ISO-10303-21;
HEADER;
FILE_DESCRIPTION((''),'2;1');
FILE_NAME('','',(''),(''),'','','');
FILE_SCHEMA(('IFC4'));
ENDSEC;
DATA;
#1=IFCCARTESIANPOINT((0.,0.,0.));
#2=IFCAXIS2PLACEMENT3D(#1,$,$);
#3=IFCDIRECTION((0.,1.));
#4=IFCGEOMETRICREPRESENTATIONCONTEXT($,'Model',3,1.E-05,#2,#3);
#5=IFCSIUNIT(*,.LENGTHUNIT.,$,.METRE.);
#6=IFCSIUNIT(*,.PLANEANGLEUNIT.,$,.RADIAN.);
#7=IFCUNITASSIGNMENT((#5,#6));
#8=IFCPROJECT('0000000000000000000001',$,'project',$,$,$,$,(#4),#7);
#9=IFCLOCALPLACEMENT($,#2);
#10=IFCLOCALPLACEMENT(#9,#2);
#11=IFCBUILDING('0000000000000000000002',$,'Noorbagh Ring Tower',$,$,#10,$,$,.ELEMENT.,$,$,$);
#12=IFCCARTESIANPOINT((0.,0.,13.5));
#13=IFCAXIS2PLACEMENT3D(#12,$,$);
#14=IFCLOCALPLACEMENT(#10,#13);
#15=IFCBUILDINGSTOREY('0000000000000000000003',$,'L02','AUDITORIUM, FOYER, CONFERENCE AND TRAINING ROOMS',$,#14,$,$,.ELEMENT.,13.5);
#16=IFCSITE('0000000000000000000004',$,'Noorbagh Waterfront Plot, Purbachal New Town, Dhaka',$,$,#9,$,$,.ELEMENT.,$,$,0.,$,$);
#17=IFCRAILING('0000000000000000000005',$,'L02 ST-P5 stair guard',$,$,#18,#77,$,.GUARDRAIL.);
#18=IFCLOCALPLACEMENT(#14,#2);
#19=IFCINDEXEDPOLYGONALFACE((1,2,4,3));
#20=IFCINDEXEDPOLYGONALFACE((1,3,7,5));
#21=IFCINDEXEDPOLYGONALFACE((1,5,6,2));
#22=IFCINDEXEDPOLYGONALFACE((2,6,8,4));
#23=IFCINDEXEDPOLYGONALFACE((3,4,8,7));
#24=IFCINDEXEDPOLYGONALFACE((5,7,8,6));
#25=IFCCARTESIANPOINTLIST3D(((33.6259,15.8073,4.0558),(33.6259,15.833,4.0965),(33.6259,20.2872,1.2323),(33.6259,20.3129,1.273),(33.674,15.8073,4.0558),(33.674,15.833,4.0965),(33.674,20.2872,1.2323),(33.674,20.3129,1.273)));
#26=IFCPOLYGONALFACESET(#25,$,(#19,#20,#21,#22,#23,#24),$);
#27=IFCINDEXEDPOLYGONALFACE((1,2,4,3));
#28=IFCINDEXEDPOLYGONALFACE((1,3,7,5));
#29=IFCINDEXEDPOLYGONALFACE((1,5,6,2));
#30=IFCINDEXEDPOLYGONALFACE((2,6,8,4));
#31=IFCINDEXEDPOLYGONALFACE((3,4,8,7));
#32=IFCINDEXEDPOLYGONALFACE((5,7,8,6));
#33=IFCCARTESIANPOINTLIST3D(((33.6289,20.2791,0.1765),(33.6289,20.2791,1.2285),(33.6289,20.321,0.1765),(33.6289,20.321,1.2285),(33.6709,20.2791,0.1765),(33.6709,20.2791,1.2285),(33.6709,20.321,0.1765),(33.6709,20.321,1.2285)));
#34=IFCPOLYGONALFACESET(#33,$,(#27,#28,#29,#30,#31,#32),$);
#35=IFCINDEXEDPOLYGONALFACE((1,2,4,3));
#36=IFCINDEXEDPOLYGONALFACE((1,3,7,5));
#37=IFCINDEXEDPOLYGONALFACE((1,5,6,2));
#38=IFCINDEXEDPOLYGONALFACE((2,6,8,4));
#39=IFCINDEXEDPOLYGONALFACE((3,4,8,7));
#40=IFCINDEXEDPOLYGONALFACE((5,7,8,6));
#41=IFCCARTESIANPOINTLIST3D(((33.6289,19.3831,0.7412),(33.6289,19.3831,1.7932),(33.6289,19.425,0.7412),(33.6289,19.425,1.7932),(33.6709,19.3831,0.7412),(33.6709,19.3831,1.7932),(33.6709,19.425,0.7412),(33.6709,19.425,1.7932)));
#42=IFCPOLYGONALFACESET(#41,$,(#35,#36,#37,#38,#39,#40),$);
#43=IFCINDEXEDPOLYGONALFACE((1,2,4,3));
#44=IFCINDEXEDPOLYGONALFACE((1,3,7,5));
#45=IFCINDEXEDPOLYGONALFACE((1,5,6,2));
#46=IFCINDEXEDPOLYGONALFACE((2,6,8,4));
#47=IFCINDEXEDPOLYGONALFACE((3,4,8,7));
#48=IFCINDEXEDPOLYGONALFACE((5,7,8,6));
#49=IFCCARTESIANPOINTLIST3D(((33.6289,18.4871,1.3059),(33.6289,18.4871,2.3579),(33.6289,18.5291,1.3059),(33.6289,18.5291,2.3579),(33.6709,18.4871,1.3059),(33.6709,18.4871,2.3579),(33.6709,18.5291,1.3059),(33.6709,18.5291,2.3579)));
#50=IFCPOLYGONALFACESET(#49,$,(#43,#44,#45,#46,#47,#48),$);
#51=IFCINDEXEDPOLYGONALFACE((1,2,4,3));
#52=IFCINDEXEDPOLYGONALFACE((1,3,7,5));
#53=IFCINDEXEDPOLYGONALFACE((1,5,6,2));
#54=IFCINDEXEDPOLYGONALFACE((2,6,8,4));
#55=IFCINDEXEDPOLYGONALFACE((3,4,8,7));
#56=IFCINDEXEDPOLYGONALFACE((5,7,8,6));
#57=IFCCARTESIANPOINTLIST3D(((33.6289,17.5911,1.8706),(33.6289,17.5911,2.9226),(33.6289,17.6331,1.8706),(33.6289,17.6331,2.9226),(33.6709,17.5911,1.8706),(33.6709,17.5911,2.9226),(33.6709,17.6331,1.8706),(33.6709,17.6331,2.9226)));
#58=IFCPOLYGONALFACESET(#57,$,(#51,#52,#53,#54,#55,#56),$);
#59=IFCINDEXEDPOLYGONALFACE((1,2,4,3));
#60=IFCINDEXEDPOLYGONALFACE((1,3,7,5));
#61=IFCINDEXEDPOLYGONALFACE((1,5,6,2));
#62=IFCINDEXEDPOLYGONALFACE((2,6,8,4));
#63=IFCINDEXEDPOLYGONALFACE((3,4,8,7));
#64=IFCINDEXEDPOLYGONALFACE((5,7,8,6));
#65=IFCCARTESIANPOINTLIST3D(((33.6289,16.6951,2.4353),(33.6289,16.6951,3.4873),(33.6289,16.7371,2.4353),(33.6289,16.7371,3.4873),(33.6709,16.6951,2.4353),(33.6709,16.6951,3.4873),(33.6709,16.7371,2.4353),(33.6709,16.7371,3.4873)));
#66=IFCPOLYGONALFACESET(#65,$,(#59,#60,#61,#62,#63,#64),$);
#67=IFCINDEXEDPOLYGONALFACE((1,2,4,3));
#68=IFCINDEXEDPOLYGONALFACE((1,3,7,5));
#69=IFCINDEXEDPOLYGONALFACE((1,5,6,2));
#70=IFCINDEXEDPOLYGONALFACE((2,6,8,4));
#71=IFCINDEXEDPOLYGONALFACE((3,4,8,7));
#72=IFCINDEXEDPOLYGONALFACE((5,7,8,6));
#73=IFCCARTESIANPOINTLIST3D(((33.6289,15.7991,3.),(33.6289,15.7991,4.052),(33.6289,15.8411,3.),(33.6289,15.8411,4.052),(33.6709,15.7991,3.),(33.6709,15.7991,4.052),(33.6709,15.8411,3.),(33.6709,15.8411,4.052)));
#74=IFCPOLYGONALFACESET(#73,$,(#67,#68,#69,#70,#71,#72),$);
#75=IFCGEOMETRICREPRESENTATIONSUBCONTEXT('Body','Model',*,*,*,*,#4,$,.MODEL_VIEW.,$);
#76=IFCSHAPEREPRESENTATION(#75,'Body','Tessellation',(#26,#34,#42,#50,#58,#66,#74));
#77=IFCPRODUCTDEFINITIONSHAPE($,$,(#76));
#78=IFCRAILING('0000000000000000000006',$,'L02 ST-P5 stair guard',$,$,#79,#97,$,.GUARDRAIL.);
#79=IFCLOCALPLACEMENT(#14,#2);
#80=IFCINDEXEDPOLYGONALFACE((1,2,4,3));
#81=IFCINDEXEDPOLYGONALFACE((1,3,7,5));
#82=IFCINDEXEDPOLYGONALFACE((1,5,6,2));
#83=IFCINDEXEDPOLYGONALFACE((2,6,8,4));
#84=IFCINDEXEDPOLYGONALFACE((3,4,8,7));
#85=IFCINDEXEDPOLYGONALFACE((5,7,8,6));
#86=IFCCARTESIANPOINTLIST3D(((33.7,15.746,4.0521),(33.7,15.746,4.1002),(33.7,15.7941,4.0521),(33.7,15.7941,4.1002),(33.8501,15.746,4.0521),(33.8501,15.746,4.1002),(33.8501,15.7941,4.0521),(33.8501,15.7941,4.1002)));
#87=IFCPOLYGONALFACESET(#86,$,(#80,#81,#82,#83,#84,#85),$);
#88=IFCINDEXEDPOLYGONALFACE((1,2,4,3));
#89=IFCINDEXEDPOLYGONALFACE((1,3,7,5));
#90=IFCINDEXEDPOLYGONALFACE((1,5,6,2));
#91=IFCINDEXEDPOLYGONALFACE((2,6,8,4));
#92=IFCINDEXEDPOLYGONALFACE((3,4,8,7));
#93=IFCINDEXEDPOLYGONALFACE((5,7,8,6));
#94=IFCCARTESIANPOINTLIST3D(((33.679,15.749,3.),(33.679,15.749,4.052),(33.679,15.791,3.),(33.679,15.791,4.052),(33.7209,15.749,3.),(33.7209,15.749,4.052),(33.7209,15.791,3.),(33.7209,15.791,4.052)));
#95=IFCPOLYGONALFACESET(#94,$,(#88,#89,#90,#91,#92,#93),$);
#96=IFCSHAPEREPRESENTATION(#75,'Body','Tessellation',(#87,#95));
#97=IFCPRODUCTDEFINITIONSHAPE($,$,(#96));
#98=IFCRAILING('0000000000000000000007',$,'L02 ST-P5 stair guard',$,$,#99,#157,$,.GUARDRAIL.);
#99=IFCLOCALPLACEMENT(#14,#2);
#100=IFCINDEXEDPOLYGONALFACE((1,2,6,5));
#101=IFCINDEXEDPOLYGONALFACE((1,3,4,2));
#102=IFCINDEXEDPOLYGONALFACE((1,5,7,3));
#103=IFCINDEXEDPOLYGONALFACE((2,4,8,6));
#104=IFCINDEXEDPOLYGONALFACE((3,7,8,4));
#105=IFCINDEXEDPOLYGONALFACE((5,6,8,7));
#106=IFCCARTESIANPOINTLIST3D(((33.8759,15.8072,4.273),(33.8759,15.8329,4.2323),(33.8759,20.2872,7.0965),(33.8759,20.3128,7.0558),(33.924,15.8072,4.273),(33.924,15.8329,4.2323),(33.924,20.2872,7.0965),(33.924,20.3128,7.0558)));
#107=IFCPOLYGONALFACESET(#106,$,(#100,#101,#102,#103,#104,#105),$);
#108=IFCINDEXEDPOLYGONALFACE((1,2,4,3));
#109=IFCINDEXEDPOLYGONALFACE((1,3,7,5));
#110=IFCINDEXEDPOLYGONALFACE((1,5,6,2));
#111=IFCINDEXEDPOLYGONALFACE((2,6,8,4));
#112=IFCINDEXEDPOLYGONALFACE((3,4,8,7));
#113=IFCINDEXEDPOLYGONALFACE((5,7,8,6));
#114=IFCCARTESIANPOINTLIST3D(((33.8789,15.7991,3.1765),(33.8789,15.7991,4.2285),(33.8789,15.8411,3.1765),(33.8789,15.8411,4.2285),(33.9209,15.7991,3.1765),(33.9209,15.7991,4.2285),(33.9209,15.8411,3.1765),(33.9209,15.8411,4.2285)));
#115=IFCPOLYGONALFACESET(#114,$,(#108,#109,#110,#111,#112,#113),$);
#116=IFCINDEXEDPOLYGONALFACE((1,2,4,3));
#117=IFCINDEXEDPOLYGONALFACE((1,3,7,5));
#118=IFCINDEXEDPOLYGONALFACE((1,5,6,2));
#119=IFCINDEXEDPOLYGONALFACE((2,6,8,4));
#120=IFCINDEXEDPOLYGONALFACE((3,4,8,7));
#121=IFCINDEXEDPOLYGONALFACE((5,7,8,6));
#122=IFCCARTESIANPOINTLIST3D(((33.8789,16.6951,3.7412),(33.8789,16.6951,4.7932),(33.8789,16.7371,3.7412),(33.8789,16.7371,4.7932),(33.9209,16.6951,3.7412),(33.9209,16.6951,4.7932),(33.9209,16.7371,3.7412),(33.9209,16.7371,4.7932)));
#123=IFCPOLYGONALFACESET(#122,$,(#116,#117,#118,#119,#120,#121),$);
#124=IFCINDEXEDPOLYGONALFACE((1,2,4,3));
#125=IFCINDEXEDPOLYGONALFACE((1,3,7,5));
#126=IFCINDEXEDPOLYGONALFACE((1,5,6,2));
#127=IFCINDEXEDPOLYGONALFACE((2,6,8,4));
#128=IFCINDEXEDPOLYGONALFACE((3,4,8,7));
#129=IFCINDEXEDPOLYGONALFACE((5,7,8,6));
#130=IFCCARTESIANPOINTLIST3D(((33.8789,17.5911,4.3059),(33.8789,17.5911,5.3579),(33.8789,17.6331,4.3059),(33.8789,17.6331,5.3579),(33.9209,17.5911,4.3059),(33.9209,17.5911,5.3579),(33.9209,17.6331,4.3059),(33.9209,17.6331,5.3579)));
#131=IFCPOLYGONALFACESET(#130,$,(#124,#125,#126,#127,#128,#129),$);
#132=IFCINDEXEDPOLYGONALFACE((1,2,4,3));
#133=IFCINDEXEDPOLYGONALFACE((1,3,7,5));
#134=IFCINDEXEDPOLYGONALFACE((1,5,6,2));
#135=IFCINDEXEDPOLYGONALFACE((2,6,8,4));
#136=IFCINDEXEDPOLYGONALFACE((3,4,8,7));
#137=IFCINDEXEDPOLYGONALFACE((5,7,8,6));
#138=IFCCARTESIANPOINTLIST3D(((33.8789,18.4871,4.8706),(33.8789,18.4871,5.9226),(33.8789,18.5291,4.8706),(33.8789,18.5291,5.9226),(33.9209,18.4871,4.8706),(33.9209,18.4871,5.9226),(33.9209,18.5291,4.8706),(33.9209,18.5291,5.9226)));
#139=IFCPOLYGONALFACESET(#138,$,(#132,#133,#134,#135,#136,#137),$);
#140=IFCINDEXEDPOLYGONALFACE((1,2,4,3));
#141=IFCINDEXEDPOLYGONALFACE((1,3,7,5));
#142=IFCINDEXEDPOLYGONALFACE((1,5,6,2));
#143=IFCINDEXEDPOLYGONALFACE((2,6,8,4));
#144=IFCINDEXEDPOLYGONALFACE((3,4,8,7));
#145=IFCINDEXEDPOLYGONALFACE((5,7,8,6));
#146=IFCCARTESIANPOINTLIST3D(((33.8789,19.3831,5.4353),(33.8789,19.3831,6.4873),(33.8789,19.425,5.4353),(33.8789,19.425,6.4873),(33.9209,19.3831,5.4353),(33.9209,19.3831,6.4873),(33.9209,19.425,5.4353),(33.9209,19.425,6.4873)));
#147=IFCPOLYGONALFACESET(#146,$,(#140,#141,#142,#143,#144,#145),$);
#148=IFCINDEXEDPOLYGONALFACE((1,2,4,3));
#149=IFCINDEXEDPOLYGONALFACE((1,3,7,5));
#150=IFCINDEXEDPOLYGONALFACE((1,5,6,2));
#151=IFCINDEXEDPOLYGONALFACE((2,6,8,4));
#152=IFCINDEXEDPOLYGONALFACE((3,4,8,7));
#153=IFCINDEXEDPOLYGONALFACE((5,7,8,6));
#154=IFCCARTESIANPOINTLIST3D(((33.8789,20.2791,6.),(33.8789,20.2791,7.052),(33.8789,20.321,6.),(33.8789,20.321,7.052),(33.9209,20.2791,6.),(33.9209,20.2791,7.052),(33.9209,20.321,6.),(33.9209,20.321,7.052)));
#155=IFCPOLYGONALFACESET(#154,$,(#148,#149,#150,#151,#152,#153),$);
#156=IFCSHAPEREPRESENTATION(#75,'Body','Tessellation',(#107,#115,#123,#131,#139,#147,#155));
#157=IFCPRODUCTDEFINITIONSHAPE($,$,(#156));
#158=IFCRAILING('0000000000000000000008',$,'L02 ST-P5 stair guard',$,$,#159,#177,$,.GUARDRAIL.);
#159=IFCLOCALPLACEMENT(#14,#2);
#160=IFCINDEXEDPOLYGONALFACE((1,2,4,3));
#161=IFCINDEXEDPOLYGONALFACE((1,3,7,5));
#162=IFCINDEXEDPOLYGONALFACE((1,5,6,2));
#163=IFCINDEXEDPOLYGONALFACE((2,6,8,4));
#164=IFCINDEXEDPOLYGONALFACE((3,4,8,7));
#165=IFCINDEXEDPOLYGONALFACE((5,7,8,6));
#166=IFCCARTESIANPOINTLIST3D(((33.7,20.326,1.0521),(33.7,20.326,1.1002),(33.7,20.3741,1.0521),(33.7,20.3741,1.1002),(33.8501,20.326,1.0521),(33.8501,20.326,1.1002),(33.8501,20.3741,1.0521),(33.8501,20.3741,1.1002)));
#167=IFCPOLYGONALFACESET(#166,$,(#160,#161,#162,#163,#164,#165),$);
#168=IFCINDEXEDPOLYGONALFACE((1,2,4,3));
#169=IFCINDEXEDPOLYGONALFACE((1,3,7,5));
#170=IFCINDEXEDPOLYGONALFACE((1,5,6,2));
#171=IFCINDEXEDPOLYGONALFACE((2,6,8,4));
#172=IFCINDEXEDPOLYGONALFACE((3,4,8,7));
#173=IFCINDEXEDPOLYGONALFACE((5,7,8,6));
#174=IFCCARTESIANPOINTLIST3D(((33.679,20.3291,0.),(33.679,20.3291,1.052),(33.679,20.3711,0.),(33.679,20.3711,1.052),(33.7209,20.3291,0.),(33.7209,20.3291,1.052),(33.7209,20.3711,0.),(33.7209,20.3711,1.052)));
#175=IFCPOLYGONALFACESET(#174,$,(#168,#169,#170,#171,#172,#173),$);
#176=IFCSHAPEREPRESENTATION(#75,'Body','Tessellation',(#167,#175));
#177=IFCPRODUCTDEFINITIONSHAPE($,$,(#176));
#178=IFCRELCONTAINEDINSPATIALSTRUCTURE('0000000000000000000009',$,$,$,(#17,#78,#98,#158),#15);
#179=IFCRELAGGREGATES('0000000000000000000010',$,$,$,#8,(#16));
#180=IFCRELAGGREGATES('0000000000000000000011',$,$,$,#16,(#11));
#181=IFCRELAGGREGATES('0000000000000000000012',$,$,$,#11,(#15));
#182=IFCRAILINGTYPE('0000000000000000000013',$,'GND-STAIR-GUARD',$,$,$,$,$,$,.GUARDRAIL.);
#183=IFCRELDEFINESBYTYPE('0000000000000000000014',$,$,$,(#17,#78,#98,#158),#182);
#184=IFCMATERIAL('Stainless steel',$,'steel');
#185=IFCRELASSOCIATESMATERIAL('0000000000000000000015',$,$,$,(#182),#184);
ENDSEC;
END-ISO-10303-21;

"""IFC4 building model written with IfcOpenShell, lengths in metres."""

from ifc_helpers import new_model, si_unit, direction, frame, origin, origin_2d, place, context, subcontext, project, spatial, rectangle, extrude, material, type_object, element, save


model = new_model("IFC4")

# Units and contexts
model_context = context("Model", 3, precision=1e-05, world=origin(), true_north=direction((0.0, 1.0)))
body_context = subcontext(model_context, "Body", "Model", "MODEL_VIEW")
ifc_project = project(units=[si_unit("LENGTHUNIT", "METRE"), si_unit("PLANEANGLEUNIT", "RADIAN")], contexts=[model_context])

# Site, building, storey
site_placement = place(None, origin())
site = spatial("IfcSite", under=ifc_project, at=site_placement, Name="Noorbagh Waterfront Plot, Purbachal New Town, Dhaka", CompositionType="ELEMENT", RefElevation=0.0)
building_placement = place(site_placement, origin())
building = spatial("IfcBuilding", under=site, at=building_placement, Name="Noorbagh Ring Tower", CompositionType="ELEMENT")
storey_placement = place(building_placement, frame((0.0, 0.0, 13.5)))
storey = spatial("IfcBuildingStorey", under=building, at=storey_placement, Name="L02", Description="AUDITORIUM, FOYER, CONFERENCE AND TRAINING ROOMS", CompositionType="ELEMENT", Elevation=13.5)

# Railings
ifc_material_1 = material(Name="Stainless steel", Category="steel")
railing_type_1 = type_object("IfcRailingType", Name="GND-STAIR-GUARD", PredefinedType="GUARDRAIL", material=ifc_material_1)
railing_1_placement = place(storey_placement, frame((33.6499, 20.3, 0.1765)))
element("IfcRailing", 1, at=railing_1_placement, inside=storey, type_object=railing_type_1, Name="L02 ST-P5 stair guard", PredefinedType="GUARDRAIL", context=body_context, shape_type="SweptSolid", body=[
    extrude(rectangle(XDim=0.0481, YDim=0.0481, at=origin_2d()), frame((0.0, 0.0, 1.0762), z_axis=(0.0, -0.845998, 0.533186), x_axis=(1.0, 0.0, 0.0)), (0.0, 0.0, 1.0), 5.2954),
    extrude(rectangle(XDim=0.042, YDim=0.042, at=origin_2d()), origin(), (0.0, 0.0, 1.0), 1.052),
    extrude(rectangle(XDim=0.042, YDim=0.042, at=origin_2d()), frame((0.0, -0.896, 0.5647)), (0.0, 0.0, 1.0), 1.052),
    extrude(rectangle(XDim=0.042, YDim=0.042, at=origin_2d()), frame((0.0, -1.792, 1.1294)), (0.0, 0.0, 1.0), 1.052),
    extrude(rectangle(XDim=0.042, YDim=0.042, at=origin_2d()), frame((0.0, -2.688, 1.6941)), (0.0, 0.0, 1.0), 1.052),
    extrude(rectangle(XDim=0.042, YDim=0.042, at=origin_2d()), frame((0.0, -3.584, 2.2588)), (0.0, 0.0, 1.0), 1.052),
    extrude(rectangle(XDim=0.042, YDim=0.042, at=origin_2d()), frame((0.0, -4.48, 2.8235)), (0.0, 0.0, 1.0), 1.052),
])
railing_2_placement = place(storey_placement, frame((33.7, 15.77, 3.0)))
element("IfcRailing", 2, at=railing_2_placement, inside=storey, type_object=railing_type_1, Name="L02 ST-P5 stair guard", PredefinedType="GUARDRAIL", context=body_context, shape_type="SweptSolid", body=[
    extrude(rectangle(XDim=0.0481, YDim=0.0481, at=origin_2d()), frame((0.0, 0.0, 1.0762), z_axis=(1.0, 0.0, 0.0), x_axis=(0.0, 1.0, 0.0)), (0.0, 0.0, 1.0), 0.1501),
    extrude(rectangle(XDim=0.042, YDim=0.042, at=origin_2d()), origin(), (0.0, 0.0, 1.0), 1.052),
])
railing_3_placement = place(storey_placement, frame((33.8999, 15.8201, 3.1765)))
element("IfcRailing", 3, at=railing_3_placement, inside=storey, type_object=railing_type_1, Name="L02 ST-P5 stair guard", PredefinedType="GUARDRAIL", context=body_context, shape_type="SweptSolid", body=[
    extrude(rectangle(XDim=0.0481, YDim=0.0481, at=origin_2d()), frame((0.0, 0.0, 1.0762), z_axis=(0.0, 0.845998, 0.533186), x_axis=(-1.0, 0.0, 0.0)), (0.0, 0.0, 1.0), 5.2954),
    extrude(rectangle(XDim=0.042, YDim=0.042, at=origin_2d()), origin(), (0.0, 0.0, 1.0), 1.052),
    extrude(rectangle(XDim=0.042, YDim=0.042, at=origin_2d()), frame((0.0, 0.896, 0.5647)), (0.0, 0.0, 1.0), 1.052),
    extrude(rectangle(XDim=0.042, YDim=0.042, at=origin_2d()), frame((0.0, 1.792, 1.1294)), (0.0, 0.0, 1.0), 1.052),
    extrude(rectangle(XDim=0.042, YDim=0.042, at=origin_2d()), frame((0.0, 2.688, 1.6941)), (0.0, 0.0, 1.0), 1.052),
    extrude(rectangle(XDim=0.042, YDim=0.042, at=origin_2d()), frame((0.0, 3.584, 2.2588)), (0.0, 0.0, 1.0), 1.052),
    extrude(rectangle(XDim=0.042, YDim=0.042, at=origin_2d()), frame((0.0, 4.48, 2.8235)), (0.0, 0.0, 1.0), 1.052),
])
railing_4_placement = place(storey_placement, frame((33.7, 20.3501, 0.0)))
element("IfcRailing", 4, at=railing_4_placement, inside=storey, type_object=railing_type_1, Name="L02 ST-P5 stair guard", PredefinedType="GUARDRAIL", context=body_context, shape_type="SweptSolid", body=[
    extrude(rectangle(XDim=0.0481, YDim=0.0481, at=origin_2d()), frame((0.0, 0.0, 1.0762), z_axis=(1.0, 0.0, 0.0), x_axis=(0.0, 1.0, 0.0)), (0.0, 0.0, 1.0), 0.1501),
    extrude(rectangle(XDim=0.042, YDim=0.042, at=origin_2d()), origin(), (0.0, 0.0, 1.0), 1.052),
])

save(model, "model.ifc")
